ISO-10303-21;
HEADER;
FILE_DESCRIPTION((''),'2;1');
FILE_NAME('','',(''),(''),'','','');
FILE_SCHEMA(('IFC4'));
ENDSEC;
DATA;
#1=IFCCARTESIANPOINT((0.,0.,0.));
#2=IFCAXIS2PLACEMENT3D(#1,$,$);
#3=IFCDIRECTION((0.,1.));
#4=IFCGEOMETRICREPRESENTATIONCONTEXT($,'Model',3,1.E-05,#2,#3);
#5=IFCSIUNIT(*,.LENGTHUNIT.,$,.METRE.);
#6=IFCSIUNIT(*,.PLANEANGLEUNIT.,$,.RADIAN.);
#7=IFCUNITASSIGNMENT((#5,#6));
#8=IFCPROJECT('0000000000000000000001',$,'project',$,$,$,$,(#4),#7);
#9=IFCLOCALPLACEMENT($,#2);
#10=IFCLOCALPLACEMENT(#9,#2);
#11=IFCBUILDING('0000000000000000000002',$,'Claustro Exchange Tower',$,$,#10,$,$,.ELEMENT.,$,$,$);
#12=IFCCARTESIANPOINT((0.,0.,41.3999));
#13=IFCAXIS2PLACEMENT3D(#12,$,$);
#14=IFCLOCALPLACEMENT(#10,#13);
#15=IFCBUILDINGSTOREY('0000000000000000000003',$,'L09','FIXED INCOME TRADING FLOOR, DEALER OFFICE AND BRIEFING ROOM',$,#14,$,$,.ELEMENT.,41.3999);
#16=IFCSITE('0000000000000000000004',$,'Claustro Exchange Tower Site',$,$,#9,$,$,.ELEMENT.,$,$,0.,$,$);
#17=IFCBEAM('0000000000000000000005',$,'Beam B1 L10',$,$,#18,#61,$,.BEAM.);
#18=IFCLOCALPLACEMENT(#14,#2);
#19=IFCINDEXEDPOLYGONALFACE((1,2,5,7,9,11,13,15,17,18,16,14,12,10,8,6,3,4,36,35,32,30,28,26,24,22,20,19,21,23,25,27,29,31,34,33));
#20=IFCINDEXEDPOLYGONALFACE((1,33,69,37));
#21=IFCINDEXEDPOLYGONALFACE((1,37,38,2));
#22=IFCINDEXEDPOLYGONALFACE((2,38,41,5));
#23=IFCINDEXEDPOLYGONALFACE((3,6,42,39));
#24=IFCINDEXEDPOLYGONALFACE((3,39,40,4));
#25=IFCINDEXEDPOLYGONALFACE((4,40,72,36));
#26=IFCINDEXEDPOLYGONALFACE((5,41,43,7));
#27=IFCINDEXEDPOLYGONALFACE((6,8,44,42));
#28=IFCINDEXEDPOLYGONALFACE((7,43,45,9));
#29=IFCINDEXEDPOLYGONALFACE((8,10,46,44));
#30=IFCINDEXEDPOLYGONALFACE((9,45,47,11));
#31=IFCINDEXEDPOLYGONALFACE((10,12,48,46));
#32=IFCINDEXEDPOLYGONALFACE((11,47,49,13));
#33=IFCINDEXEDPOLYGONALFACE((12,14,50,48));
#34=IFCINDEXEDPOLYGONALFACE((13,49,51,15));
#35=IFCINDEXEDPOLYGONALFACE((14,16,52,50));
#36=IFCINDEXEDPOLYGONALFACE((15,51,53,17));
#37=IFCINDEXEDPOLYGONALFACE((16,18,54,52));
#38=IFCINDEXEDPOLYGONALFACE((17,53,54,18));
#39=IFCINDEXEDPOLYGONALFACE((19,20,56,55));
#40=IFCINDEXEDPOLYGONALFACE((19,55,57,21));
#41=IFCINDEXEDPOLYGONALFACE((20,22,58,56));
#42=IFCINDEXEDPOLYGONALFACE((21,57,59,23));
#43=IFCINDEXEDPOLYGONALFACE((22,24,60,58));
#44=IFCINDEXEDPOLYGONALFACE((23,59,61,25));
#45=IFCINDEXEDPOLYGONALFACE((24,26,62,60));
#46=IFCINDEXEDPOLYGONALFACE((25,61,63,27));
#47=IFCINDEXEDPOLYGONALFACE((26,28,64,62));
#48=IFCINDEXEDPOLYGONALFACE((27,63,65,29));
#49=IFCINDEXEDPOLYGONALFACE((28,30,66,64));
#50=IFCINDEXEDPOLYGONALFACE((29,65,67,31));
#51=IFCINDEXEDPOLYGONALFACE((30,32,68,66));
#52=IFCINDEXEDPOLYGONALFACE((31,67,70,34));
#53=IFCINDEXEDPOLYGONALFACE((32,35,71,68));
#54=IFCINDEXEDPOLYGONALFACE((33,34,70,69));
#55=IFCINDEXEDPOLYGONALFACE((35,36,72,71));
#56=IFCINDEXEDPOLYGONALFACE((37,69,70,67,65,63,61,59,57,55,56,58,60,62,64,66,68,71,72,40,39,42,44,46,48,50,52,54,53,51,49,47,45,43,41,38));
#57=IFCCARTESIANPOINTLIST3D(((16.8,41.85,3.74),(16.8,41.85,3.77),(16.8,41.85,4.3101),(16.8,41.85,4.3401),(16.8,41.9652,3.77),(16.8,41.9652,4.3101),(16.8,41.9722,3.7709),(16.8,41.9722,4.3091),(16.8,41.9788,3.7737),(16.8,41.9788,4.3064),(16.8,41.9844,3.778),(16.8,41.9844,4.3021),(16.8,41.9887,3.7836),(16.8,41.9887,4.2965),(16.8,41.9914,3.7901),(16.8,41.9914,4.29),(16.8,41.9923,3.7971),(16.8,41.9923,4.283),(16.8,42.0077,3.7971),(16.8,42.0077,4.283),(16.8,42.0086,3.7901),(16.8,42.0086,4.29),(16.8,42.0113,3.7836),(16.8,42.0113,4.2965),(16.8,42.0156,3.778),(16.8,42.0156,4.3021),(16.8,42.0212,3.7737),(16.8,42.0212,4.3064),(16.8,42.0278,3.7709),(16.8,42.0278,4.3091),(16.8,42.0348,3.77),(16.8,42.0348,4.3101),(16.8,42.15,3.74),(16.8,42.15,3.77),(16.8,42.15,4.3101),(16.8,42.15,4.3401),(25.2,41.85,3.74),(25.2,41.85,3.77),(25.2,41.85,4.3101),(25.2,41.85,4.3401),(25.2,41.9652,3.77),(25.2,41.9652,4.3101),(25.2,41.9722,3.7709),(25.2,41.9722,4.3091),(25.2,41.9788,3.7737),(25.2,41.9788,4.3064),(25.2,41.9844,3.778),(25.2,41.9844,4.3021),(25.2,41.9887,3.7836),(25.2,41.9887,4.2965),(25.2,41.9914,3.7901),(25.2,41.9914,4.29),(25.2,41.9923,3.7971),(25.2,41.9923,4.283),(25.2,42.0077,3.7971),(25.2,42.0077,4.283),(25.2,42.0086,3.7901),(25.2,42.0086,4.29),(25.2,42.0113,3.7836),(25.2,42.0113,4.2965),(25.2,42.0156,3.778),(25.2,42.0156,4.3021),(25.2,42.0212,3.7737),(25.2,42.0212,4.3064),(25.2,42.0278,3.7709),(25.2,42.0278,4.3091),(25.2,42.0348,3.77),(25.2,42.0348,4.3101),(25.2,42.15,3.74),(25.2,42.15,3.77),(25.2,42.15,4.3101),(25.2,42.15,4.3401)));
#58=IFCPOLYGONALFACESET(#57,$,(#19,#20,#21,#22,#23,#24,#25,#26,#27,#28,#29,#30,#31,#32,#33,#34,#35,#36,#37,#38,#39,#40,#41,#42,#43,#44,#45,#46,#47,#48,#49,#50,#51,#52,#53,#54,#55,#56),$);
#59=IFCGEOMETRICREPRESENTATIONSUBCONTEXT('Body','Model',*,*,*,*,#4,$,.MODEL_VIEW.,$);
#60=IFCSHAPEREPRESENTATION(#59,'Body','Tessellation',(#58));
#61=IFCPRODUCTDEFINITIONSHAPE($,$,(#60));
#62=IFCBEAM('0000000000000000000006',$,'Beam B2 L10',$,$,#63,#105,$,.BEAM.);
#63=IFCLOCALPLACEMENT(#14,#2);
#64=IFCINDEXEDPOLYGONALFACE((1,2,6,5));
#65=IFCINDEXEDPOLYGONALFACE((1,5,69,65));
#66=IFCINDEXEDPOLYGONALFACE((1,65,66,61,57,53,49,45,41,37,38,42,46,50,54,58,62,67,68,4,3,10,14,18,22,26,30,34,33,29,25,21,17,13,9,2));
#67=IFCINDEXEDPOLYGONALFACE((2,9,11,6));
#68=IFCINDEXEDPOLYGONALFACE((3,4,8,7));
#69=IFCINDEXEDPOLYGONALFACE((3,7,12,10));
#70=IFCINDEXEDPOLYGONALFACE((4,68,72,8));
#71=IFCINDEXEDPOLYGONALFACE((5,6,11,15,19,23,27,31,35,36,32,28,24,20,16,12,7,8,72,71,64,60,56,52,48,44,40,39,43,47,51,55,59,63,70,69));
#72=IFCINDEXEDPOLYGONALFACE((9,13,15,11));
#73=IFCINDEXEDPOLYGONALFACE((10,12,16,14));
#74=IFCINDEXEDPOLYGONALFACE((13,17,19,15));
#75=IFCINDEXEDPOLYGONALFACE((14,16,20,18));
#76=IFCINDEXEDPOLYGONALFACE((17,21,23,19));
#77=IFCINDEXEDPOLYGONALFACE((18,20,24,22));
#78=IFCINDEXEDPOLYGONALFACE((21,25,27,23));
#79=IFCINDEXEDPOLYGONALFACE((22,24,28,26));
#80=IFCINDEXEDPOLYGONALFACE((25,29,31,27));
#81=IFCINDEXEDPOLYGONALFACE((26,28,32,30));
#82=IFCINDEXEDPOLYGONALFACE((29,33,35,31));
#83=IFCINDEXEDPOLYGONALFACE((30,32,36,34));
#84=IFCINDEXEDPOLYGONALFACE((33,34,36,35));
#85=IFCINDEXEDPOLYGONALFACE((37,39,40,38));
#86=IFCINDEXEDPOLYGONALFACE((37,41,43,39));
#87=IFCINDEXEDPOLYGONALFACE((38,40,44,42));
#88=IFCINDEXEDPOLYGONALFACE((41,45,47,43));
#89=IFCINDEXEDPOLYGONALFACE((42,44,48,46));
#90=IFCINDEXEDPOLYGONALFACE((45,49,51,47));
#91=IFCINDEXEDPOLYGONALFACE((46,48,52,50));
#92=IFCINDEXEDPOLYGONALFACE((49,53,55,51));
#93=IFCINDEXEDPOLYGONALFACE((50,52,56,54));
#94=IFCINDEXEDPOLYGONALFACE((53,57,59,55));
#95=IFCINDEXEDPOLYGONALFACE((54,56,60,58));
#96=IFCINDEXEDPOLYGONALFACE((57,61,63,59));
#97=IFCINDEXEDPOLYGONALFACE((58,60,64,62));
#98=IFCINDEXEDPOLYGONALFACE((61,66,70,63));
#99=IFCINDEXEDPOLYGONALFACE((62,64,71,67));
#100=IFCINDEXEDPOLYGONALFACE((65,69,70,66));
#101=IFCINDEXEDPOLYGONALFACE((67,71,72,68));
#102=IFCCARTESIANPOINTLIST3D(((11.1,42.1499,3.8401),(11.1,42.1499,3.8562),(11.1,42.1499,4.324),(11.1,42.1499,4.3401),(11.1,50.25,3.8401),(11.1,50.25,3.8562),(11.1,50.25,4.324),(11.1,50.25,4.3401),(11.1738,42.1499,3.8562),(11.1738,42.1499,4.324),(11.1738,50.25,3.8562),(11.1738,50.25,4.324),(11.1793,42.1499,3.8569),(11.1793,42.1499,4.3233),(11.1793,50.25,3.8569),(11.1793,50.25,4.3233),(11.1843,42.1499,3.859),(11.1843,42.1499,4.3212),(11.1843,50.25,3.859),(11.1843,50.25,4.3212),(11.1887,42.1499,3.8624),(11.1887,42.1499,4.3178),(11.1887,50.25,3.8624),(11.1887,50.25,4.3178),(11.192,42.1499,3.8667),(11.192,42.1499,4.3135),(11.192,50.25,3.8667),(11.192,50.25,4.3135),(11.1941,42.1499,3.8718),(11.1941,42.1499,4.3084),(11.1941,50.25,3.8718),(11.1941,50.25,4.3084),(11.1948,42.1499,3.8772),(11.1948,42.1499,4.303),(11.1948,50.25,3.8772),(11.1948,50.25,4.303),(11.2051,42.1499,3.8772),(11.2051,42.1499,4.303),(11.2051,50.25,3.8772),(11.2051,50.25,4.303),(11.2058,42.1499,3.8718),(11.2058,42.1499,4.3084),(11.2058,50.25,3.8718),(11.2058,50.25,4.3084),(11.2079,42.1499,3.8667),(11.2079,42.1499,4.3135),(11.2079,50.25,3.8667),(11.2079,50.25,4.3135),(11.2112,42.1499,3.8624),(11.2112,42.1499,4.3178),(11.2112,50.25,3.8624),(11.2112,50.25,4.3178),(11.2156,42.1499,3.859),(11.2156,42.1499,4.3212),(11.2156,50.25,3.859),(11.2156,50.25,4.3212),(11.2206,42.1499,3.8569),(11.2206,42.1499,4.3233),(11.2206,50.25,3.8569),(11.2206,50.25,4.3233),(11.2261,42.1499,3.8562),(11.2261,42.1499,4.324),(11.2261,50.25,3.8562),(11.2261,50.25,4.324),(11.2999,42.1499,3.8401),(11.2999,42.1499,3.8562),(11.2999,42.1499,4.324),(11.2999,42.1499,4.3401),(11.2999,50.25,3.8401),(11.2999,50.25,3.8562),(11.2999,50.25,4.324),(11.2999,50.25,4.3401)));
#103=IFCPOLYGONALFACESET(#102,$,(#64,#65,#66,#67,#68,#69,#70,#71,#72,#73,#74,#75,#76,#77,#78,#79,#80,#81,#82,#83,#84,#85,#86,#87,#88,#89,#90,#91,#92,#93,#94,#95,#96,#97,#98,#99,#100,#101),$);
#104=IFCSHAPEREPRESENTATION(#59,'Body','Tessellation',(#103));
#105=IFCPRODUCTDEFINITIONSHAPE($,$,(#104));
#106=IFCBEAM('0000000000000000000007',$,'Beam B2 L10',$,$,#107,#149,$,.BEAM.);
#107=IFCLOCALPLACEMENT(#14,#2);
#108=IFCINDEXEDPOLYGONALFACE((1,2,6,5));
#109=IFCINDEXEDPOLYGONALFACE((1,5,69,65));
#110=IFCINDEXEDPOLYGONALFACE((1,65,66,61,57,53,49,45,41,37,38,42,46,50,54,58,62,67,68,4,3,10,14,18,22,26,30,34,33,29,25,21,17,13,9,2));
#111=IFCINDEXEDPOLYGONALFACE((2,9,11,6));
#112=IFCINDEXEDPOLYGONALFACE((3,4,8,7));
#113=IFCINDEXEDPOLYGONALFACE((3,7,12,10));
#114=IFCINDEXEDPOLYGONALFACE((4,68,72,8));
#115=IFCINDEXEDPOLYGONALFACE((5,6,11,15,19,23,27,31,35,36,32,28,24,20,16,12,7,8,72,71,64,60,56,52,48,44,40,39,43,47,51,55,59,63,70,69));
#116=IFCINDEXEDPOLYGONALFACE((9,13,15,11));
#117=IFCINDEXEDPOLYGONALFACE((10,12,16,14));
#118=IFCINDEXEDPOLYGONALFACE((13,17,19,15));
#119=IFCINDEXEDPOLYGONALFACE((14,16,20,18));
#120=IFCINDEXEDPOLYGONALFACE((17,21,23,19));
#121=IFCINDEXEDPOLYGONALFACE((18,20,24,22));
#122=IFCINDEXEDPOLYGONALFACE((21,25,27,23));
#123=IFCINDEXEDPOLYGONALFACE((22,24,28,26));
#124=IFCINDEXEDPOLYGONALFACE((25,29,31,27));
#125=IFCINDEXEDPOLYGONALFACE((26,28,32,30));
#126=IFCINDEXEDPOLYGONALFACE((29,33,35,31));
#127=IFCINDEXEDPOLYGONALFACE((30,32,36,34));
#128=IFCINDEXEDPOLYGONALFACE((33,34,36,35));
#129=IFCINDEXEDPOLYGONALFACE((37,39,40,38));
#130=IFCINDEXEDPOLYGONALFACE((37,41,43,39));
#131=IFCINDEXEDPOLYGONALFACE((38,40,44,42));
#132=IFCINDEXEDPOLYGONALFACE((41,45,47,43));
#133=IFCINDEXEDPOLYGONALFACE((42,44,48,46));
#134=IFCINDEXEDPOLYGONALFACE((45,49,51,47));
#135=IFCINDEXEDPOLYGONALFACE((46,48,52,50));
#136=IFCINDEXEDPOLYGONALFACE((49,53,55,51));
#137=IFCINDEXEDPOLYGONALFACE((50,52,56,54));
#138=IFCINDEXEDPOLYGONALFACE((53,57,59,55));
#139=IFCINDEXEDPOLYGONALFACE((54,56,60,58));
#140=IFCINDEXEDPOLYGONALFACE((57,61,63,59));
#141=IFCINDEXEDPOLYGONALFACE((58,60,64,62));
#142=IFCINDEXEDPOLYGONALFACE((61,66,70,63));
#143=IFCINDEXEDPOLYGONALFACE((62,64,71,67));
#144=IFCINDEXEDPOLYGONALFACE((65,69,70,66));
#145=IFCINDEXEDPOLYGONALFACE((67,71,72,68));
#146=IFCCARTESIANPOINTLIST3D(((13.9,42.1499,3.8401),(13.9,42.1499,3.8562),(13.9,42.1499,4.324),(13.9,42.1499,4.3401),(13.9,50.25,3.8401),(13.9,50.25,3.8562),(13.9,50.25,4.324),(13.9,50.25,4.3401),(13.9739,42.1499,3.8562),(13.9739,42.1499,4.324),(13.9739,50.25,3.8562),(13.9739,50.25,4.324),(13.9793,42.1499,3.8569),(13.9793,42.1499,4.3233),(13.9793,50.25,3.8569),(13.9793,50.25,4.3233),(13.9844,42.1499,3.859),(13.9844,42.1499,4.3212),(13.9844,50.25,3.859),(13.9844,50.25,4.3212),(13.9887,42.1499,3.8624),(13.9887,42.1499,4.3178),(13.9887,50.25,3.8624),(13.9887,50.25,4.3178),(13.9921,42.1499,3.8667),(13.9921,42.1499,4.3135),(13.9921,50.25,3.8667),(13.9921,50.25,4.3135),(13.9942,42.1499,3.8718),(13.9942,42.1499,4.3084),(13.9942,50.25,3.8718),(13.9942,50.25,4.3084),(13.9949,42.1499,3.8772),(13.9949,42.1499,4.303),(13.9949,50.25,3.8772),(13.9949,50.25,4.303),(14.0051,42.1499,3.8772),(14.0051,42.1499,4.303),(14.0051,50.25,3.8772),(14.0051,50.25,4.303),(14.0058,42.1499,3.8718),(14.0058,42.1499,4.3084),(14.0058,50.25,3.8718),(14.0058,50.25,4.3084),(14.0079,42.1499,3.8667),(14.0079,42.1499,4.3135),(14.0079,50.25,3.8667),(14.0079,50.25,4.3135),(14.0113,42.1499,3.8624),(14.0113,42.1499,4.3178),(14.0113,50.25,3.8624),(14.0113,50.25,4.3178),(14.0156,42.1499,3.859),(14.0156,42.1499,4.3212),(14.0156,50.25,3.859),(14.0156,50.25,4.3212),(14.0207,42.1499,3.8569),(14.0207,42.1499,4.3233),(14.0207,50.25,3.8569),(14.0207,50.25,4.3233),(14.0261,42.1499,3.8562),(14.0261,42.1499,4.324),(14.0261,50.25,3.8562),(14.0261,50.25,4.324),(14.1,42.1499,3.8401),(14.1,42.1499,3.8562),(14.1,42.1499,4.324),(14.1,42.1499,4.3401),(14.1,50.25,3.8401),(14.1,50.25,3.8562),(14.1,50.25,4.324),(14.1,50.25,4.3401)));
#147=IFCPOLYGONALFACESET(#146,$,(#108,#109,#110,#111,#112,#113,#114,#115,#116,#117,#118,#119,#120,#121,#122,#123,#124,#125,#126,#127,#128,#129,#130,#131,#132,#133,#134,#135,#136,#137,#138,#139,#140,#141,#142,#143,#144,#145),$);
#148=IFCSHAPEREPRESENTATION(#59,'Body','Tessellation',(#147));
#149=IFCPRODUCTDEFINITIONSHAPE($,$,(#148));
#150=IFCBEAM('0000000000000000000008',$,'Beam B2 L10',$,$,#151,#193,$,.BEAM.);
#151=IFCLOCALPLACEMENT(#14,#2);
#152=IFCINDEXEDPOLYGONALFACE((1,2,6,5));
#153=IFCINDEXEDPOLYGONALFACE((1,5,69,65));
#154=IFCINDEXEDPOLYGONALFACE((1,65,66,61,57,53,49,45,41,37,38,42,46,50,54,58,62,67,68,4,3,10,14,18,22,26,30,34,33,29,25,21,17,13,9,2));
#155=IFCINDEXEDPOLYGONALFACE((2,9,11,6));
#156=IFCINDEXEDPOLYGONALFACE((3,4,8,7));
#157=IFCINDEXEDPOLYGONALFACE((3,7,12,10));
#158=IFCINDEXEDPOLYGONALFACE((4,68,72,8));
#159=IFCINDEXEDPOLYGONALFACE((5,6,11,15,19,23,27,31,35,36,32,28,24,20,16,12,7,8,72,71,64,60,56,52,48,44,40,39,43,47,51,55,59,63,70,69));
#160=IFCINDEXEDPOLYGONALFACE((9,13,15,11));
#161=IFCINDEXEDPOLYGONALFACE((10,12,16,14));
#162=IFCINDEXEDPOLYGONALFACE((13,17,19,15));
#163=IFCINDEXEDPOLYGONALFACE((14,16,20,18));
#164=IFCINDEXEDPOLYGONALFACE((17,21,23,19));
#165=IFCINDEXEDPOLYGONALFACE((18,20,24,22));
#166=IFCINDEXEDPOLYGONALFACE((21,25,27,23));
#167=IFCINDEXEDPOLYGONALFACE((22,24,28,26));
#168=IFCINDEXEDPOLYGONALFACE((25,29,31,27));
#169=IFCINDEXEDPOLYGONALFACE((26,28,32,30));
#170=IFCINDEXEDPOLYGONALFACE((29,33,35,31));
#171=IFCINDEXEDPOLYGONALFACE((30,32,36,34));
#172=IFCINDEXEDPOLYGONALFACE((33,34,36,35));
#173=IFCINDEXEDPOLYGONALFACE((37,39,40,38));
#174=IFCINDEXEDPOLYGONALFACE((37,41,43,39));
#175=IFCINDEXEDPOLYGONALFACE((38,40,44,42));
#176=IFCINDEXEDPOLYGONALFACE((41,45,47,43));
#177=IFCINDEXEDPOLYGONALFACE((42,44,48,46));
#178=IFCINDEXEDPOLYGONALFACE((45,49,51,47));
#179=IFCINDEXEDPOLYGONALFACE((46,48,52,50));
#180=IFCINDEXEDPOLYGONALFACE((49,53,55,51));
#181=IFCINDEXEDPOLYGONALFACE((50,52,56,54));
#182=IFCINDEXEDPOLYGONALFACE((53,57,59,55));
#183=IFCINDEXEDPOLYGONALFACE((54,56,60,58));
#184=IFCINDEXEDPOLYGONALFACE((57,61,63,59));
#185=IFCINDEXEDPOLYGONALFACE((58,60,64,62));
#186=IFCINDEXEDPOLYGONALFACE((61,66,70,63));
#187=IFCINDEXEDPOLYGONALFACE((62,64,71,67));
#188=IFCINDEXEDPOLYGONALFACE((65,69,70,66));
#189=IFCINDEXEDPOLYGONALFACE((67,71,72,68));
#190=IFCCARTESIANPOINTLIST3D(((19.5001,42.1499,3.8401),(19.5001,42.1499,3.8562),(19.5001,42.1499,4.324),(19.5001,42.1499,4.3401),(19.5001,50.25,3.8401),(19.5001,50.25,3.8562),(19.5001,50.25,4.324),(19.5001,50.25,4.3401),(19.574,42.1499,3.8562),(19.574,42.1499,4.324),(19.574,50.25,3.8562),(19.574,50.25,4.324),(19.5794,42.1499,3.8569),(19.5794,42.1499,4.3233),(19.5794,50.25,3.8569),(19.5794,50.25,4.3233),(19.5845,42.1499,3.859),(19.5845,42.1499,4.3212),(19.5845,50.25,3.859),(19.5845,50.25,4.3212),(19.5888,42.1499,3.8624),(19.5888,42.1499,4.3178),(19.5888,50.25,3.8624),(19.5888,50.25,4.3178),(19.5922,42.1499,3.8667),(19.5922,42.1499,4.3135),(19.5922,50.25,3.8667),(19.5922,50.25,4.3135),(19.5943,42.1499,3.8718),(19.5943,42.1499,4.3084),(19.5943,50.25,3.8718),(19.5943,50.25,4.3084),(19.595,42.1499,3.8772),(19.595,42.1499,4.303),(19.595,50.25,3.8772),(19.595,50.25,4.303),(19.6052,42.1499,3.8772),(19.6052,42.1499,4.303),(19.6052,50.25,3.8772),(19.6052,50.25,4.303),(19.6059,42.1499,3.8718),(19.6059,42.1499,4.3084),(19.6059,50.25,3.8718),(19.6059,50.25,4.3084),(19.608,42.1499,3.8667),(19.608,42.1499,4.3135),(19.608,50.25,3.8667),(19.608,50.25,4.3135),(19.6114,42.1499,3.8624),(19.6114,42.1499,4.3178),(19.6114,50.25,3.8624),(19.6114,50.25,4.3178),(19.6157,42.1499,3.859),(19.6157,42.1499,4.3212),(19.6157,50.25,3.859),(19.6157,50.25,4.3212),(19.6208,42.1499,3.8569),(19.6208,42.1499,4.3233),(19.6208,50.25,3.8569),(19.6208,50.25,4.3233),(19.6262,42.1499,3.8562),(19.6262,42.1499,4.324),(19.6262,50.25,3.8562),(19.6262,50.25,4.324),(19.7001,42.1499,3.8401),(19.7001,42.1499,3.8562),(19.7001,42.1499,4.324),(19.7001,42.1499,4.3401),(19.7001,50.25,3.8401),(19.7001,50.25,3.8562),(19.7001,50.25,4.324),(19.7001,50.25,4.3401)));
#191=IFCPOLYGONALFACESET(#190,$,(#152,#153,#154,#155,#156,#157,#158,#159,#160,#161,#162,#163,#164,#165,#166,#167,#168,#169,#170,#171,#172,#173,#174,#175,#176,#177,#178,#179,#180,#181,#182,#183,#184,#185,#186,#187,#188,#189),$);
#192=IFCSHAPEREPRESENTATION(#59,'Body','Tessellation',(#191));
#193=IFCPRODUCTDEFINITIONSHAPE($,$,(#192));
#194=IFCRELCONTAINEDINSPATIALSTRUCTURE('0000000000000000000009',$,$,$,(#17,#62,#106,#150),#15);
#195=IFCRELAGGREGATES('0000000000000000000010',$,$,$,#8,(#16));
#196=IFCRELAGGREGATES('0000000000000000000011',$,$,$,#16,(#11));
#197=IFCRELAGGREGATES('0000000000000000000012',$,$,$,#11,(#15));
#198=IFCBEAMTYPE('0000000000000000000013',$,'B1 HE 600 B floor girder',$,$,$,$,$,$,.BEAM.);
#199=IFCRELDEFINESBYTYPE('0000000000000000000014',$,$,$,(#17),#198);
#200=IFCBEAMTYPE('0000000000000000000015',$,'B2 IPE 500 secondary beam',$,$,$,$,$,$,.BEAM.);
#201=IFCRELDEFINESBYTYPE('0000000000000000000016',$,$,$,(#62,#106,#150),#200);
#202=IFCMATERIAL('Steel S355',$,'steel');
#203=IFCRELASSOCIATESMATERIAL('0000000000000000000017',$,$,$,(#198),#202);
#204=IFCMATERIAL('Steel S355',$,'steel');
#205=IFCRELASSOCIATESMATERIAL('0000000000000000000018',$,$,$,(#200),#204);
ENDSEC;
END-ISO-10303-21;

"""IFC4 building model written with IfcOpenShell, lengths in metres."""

from ifc_helpers import new_model, si_unit, direction, frame, origin, origin_2d, place, context, subcontext, project, spatial, i_section, extrude, material, material_profile, profile_set, type_object, element, save


model = new_model("IFC4")

# Units and contexts
model_context = context("Model", 3, precision=1e-05, world=origin(), true_north=direction((0.0, 1.0)))
body_context = subcontext(model_context, "Body", "Model", "MODEL_VIEW")
ifc_project = project(units=[si_unit("LENGTHUNIT", "METRE"), si_unit("PLANEANGLEUNIT", "RADIAN")], contexts=[model_context])

# Site, building, storey
site_placement = place(None, origin())
site = spatial("IfcSite", under=ifc_project, at=site_placement, Name="Claustro Exchange Tower Site", CompositionType="ELEMENT", RefElevation=0.0)
building_placement = place(site_placement, origin())
building = spatial("IfcBuilding", under=site, at=building_placement, Name="Claustro Exchange Tower", CompositionType="ELEMENT")
storey_placement = place(building_placement, frame((0.0, 0.0, 41.3999)))
storey = spatial("IfcBuildingStorey", under=building, at=storey_placement, Name="L09", Description="FIXED INCOME TRADING FLOOR, DEALER OFFICE AND BRIEFING ROOM", CompositionType="ELEMENT", Elevation=41.3999)

# Beams
ifc_material_1 = material(Name="Steel S355", Category="steel")
ifc_material_profile_1 = material_profile(ifc_material_1, i_section(OverallWidth=0.3, OverallDepth=0.6001, WebThickness=0.0154, FlangeThickness=0.03, FilletRadius=0.0271, at=origin_2d()), Name="HE 600 B")
ifc_profile_set_1 = profile_set([ifc_material_profile_1], Name="Steel S355")
beam_type_1 = type_object("IfcBeamType", Name="B1 HE 600 B floor girder", PredefinedType="BEAM", material=ifc_profile_set_1)
beam_1_placement = place(storey_placement, frame((16.8, 42.0, 4.04), z_axis=(1.0, 0.0, 0.0), x_axis=(0.0, 1.0, 0.0)))
element("IfcBeam", 1, at=beam_1_placement, inside=storey, type_object=beam_type_1, Name="Beam B1 L10", PredefinedType="BEAM", context=body_context, shape_type="SweptSolid", body=[
    extrude(i_section(OverallWidth=0.3, OverallDepth=0.6001, WebThickness=0.0154, FlangeThickness=0.03, FilletRadius=0.0271, at=origin_2d()), origin(), (0.0, 0.0, 1.0), 8.3999),
])
ifc_material_2 = material(Name="Steel S355", Category="steel")
ifc_material_profile_2 = material_profile(ifc_material_2, i_section(OverallWidth=0.2, OverallDepth=0.5, WebThickness=0.0103, FlangeThickness=0.0161, FilletRadius=0.021, at=origin_2d()), Name="IPE 500")
ifc_profile_set_2 = profile_set([ifc_material_profile_2], Name="Steel S355")
beam_type_2 = type_object("IfcBeamType", Name="B2 IPE 500 secondary beam", PredefinedType="BEAM", material=ifc_profile_set_2)
for number, where, z_axis, x_axis, name in (
    (2, (11.2, 42.1499, 4.0901), (0.0, 1.0, 0.0), (-1.0, 0.0, 0.0), "Beam B2 L10"),
    (3, (14.0, 42.1499, 4.0901), (0.0, 1.0, 0.0), (-1.0, 0.0, 0.0), "Beam B2 L10"),
    (4, (19.6001, 42.1499, 4.0901), (0.0, 1.0, 0.0), (-1.0, 0.0, 0.0), "Beam B2 L10"),
):
    element("IfcBeam", number, at=place(storey_placement, frame(where, z_axis=z_axis, x_axis=x_axis)), inside=storey, type_object=beam_type_2, Name=name, PredefinedType="BEAM", context=body_context, shape_type="SweptSolid", body=[
        extrude(i_section(OverallWidth=0.2, OverallDepth=0.5, WebThickness=0.0103, FlangeThickness=0.0161, FilletRadius=0.021, at=origin_2d()), origin(), (0.0, 0.0, 1.0), 8.1001),
    ])

save(model, "model.ifc")
